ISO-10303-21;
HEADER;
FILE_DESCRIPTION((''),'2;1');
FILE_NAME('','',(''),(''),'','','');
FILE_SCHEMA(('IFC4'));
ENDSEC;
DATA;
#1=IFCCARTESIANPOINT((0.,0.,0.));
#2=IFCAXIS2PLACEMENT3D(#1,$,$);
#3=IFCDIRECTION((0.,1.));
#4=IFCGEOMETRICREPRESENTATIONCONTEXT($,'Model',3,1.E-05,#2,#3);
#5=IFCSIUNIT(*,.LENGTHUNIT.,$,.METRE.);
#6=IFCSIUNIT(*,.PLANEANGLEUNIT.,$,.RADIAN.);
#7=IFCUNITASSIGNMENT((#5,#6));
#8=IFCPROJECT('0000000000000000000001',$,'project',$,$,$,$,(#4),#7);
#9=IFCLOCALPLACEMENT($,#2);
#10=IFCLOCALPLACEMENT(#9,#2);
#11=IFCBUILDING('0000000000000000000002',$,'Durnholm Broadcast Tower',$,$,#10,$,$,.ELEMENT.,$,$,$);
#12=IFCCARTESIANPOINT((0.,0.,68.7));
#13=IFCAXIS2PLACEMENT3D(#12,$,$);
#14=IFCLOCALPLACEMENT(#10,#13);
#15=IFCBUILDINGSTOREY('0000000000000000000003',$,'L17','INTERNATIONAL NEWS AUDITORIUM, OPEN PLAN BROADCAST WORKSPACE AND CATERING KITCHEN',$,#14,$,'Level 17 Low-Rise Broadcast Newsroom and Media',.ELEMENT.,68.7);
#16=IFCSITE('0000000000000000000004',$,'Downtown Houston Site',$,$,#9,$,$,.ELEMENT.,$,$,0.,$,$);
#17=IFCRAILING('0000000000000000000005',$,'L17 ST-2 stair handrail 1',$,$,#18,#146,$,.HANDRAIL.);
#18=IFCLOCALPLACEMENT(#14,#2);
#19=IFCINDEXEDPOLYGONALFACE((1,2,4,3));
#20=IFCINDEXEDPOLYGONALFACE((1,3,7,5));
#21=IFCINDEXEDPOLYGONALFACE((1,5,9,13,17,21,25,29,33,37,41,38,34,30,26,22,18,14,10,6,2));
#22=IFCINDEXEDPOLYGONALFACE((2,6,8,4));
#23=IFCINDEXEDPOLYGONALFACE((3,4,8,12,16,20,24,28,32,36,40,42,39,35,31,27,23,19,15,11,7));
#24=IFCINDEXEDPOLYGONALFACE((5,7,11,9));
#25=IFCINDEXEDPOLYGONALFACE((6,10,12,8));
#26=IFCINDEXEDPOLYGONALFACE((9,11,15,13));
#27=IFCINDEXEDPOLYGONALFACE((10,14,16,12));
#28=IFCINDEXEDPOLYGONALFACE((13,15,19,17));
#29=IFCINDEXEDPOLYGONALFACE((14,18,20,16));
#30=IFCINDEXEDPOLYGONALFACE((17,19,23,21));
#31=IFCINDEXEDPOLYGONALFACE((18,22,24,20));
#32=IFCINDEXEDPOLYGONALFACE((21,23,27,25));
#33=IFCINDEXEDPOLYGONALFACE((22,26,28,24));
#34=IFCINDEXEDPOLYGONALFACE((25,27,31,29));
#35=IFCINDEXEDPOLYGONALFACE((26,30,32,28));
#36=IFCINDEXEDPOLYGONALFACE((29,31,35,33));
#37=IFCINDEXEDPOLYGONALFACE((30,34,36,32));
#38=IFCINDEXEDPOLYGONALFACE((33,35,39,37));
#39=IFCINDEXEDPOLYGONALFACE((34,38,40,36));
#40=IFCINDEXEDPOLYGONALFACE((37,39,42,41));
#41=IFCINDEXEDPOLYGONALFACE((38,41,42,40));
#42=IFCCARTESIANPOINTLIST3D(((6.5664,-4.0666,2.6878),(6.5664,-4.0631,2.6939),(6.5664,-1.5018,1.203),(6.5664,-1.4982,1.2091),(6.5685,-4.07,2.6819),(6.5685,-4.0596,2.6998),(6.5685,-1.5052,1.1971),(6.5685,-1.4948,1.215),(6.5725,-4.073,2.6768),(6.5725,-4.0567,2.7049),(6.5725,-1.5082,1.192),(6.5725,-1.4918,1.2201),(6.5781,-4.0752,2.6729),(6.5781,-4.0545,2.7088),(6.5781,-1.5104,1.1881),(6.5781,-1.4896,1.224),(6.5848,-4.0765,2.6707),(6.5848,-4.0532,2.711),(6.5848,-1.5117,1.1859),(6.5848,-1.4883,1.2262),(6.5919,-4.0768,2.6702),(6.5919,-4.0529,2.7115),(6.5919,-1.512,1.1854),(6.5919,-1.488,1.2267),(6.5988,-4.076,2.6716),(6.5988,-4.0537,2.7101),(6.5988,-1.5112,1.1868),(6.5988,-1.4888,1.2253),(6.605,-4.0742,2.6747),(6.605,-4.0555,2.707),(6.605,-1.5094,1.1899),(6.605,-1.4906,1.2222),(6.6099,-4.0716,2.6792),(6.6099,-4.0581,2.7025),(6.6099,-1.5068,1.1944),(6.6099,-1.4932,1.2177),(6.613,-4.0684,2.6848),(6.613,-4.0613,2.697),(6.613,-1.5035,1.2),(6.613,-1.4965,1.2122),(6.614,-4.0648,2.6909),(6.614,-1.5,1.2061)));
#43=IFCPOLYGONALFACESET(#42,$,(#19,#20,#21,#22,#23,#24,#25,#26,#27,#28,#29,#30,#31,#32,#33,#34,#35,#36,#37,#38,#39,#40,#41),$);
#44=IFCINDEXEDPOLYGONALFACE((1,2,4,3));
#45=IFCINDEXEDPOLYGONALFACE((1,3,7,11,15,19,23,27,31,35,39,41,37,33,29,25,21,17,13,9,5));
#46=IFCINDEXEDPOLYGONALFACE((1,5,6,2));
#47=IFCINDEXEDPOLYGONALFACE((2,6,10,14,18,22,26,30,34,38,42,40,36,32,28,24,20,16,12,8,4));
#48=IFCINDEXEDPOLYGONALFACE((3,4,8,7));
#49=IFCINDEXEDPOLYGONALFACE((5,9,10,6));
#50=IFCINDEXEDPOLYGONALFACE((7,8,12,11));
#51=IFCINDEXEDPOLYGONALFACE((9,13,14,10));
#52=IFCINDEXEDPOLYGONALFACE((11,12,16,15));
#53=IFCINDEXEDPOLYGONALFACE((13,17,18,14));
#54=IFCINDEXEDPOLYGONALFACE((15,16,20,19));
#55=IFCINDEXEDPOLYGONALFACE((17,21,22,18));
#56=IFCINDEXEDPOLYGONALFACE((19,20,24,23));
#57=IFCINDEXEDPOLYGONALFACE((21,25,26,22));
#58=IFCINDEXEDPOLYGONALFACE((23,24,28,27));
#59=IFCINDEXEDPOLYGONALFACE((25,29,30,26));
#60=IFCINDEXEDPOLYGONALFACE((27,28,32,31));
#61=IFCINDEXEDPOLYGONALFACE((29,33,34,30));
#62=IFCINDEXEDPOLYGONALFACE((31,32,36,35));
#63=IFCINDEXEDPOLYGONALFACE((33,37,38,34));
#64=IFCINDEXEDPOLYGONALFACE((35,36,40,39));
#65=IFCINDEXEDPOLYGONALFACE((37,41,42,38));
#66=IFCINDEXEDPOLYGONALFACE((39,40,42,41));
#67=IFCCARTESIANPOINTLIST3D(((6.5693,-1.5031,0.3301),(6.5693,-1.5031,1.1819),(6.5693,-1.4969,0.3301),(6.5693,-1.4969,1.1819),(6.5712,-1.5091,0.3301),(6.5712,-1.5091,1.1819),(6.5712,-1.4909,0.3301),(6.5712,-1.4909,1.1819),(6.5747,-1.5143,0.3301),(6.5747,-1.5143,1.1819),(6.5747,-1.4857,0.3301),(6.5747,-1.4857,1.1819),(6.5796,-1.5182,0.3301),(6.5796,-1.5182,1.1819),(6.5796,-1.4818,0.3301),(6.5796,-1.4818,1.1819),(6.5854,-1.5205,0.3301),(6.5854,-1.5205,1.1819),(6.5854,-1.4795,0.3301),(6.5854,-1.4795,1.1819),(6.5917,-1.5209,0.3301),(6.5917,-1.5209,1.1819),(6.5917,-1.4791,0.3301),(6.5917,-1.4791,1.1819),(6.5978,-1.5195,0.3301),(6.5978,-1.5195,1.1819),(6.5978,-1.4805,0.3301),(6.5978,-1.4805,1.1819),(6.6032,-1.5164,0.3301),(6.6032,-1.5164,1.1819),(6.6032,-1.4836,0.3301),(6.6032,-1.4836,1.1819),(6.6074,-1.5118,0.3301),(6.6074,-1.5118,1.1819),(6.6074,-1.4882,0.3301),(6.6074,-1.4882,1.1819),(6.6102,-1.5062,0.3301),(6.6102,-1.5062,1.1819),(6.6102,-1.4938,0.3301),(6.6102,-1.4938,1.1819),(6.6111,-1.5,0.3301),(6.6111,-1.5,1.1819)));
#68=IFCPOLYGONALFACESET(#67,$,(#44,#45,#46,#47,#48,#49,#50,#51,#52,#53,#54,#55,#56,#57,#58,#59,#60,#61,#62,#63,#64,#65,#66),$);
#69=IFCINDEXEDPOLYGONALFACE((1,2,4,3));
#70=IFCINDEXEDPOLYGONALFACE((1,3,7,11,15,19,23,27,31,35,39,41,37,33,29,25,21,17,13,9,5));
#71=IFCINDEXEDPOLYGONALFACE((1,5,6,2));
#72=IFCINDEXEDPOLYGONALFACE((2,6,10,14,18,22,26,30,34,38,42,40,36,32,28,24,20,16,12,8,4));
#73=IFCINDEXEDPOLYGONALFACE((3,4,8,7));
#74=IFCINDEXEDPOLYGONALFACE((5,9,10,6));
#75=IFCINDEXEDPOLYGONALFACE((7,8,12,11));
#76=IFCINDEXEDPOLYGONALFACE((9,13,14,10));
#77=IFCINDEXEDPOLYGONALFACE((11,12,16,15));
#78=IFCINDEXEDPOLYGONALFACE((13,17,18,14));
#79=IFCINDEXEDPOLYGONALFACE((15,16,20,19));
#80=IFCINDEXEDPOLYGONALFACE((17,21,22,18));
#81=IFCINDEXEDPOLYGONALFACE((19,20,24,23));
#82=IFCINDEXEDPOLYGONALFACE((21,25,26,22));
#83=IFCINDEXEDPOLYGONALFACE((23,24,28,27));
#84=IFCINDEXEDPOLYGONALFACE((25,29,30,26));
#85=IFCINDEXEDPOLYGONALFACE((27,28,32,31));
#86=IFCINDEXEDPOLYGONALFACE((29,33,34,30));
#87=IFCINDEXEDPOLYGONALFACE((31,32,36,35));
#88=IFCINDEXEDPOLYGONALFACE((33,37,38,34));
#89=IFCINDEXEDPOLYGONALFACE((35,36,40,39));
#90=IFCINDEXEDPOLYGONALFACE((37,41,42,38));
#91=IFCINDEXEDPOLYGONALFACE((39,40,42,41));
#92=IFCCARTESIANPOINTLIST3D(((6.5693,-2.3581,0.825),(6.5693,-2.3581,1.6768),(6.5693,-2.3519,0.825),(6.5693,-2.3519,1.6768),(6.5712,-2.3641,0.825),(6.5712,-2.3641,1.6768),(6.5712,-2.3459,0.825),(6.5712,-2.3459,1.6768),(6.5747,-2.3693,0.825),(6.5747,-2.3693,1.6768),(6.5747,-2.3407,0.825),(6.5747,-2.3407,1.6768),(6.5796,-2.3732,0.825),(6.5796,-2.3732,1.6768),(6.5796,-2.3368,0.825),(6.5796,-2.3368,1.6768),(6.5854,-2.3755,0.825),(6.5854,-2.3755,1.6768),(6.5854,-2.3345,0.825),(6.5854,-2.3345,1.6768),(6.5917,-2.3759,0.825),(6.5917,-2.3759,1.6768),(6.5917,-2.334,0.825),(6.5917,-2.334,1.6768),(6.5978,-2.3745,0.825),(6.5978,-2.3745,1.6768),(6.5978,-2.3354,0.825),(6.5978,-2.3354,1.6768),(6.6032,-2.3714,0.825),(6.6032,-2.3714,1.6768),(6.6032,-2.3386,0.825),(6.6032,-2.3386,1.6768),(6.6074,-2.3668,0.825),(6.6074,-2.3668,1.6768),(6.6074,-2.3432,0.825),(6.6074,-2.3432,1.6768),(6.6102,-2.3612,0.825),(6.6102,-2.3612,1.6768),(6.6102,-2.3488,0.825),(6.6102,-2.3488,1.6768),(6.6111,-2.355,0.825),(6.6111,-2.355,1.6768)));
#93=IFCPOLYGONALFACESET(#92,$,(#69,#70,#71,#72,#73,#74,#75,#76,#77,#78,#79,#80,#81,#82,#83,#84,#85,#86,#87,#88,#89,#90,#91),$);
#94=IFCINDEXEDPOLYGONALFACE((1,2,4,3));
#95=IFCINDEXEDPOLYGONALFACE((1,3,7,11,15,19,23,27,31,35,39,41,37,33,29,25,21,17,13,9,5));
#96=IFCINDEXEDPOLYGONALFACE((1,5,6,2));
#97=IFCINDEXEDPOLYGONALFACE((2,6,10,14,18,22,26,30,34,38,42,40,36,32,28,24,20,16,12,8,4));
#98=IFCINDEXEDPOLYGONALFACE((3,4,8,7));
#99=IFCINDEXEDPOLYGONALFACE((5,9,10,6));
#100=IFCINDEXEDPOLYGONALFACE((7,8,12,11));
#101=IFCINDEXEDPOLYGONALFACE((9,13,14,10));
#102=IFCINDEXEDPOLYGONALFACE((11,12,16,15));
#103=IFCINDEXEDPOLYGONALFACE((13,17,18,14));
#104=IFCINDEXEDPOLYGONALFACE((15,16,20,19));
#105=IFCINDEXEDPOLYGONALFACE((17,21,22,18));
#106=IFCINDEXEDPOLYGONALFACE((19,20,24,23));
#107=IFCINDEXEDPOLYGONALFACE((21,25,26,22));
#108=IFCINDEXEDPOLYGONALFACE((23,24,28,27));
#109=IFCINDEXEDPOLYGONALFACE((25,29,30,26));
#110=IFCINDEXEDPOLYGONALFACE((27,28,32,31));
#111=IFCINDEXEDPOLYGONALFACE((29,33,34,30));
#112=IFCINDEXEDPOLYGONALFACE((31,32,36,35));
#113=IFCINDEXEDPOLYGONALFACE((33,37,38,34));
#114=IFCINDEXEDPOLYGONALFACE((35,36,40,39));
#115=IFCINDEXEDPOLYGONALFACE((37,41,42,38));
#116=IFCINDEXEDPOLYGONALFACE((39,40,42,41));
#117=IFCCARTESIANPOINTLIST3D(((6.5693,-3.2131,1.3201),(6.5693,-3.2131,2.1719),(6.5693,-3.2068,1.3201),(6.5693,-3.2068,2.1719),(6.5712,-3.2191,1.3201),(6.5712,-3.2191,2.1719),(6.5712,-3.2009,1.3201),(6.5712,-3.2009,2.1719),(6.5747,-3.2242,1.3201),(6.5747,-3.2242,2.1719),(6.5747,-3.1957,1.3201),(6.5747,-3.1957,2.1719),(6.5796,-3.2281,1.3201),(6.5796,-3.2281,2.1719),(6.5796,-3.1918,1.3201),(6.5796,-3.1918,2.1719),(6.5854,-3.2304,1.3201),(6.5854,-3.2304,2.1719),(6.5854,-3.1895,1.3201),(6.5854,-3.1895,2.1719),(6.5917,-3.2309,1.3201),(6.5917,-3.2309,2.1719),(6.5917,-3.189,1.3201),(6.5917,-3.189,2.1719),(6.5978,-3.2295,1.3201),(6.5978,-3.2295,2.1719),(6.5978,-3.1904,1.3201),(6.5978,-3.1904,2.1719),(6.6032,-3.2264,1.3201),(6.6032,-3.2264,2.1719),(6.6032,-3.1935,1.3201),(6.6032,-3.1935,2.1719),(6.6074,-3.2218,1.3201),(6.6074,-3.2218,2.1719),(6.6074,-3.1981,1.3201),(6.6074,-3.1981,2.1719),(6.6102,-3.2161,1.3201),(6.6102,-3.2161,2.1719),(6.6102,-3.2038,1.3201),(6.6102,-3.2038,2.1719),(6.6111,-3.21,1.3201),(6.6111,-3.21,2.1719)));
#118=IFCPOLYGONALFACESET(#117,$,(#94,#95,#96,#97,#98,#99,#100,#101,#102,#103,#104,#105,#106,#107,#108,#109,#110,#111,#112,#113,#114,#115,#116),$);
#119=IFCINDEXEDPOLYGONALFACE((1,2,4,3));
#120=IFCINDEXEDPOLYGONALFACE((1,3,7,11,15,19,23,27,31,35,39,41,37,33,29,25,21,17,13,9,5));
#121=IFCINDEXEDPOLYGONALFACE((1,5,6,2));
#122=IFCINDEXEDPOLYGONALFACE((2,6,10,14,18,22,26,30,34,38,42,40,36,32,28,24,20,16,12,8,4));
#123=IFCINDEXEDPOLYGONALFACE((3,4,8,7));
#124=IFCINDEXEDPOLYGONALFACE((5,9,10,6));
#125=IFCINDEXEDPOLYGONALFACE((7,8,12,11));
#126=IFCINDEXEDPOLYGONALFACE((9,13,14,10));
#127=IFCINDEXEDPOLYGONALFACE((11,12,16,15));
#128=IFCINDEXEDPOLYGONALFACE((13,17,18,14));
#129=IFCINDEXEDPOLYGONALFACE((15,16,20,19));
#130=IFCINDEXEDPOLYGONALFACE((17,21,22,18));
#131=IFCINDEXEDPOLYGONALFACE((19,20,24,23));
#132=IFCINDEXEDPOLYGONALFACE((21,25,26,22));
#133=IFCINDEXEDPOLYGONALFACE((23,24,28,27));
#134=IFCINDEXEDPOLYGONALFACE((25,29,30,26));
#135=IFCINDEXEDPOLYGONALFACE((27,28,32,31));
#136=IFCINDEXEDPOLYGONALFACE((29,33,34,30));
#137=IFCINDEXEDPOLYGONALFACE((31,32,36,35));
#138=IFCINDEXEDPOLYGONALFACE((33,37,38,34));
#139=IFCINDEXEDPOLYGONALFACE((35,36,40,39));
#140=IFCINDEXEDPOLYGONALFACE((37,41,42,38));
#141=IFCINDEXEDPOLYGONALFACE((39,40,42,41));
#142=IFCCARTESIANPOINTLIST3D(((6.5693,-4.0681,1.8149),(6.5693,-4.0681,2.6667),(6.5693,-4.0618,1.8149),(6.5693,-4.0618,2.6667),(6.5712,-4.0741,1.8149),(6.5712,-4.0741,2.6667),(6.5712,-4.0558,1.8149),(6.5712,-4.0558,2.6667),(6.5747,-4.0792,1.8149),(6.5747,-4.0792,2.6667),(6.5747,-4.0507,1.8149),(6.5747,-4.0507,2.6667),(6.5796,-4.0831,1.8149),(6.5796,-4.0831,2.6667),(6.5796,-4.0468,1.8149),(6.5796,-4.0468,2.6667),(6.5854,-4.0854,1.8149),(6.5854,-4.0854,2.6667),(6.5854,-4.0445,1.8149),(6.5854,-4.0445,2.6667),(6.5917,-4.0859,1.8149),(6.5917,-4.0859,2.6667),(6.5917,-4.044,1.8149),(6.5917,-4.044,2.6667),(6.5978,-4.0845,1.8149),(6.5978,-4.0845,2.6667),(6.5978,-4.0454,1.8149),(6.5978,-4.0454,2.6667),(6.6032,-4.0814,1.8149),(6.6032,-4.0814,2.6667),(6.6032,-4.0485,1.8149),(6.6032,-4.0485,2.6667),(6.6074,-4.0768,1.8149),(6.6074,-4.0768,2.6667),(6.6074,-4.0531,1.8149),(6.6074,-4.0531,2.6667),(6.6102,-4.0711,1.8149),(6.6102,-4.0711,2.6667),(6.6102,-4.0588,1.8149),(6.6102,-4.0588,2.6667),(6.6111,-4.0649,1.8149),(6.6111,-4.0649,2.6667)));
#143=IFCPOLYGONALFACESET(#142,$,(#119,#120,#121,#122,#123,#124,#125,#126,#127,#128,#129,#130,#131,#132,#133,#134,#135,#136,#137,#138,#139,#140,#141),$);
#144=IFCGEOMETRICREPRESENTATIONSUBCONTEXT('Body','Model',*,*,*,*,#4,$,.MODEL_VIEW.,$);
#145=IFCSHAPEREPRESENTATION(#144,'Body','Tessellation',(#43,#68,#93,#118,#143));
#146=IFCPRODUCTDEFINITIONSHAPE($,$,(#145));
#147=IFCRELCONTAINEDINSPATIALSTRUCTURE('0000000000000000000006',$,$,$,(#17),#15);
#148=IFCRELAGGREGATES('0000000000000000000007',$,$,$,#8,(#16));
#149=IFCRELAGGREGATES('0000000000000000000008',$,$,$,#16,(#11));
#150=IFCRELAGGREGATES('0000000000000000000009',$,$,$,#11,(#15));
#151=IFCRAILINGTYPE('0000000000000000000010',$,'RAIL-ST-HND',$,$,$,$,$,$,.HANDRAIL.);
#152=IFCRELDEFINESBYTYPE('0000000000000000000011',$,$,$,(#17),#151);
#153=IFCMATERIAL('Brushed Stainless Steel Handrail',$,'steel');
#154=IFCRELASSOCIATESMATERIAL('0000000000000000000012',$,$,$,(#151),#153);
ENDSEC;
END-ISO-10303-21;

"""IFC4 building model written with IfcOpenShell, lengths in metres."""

from ifc_helpers import new_model, si_unit, direction, frame, origin, origin_2d, place, context, subcontext, project, spatial, circle, extrude, material, type_object, element, save


model = new_model("IFC4")

# Units and contexts
model_context = context("Model", 3, precision=1e-05, world=origin(), true_north=direction((0.0, 1.0)))
body_context = subcontext(model_context, "Body", "Model", "MODEL_VIEW")
ifc_project = project(units=[si_unit("LENGTHUNIT", "METRE"), si_unit("PLANEANGLEUNIT", "RADIAN")], contexts=[model_context])

# Site, building, storey
site_placement = place(None, origin())
site = spatial("IfcSite", under=ifc_project, at=site_placement, Name="Downtown Houston Site", CompositionType="ELEMENT", RefElevation=0.0)
building_placement = place(site_placement, origin())
building = spatial("IfcBuilding", under=site, at=building_placement, Name="Durnholm Broadcast Tower", CompositionType="ELEMENT")
storey_placement = place(building_placement, frame((0.0, 0.0, 68.7)))
storey = spatial("IfcBuildingStorey", under=building, at=storey_placement, Name="L17", Description="INTERNATIONAL NEWS AUDITORIUM, OPEN PLAN BROADCAST WORKSPACE AND CATERING KITCHEN", LongName="Level 17 Low-Rise Broadcast Newsroom and Media", CompositionType="ELEMENT", Elevation=68.7)

# Railing
ifc_material_1 = material(Name="Brushed Stainless Steel Handrail", Category="steel")
railing_type_1 = type_object("IfcRailingType", Name="RAIL-ST-HND", PredefinedType="HANDRAIL", material=ifc_material_1)
railing_1_placement = place(storey_placement, frame((6.5901, -1.5, 0.3301)))
element("IfcRailing", 1, at=railing_1_placement, inside=storey, type_object=railing_type_1, Name="L17 ST-2 stair handrail 1", PredefinedType="HANDRAIL", context=body_context, shape_type="SweptSolid", body=[
    extrude(circle(Radius=0.0239, at=origin_2d()), frame((0.0, 0.0, 0.876), z_axis=(0.0, -0.865441, 0.50101), x_axis=(1.0, 0.0, 0.0)), (0.0, 0.0, 1.0), 2.9636),
    extrude(circle(Radius=0.021, at=origin_2d()), origin(), (0.0, 0.0, 1.0), 0.8518),
    extrude(circle(Radius=0.021, at=origin_2d()), frame((0.0, -0.855, 0.4949)), (0.0, 0.0, 1.0), 0.8518),
    extrude(circle(Radius=0.021, at=origin_2d()), frame((0.0, -1.71, 0.99)), (0.0, 0.0, 1.0), 0.8518),
    extrude(circle(Radius=0.021, at=origin_2d()), frame((0.0, -2.5649, 1.4849)), (0.0, 0.0, 1.0), 0.8518),
])

save(model, "model.ifc")
